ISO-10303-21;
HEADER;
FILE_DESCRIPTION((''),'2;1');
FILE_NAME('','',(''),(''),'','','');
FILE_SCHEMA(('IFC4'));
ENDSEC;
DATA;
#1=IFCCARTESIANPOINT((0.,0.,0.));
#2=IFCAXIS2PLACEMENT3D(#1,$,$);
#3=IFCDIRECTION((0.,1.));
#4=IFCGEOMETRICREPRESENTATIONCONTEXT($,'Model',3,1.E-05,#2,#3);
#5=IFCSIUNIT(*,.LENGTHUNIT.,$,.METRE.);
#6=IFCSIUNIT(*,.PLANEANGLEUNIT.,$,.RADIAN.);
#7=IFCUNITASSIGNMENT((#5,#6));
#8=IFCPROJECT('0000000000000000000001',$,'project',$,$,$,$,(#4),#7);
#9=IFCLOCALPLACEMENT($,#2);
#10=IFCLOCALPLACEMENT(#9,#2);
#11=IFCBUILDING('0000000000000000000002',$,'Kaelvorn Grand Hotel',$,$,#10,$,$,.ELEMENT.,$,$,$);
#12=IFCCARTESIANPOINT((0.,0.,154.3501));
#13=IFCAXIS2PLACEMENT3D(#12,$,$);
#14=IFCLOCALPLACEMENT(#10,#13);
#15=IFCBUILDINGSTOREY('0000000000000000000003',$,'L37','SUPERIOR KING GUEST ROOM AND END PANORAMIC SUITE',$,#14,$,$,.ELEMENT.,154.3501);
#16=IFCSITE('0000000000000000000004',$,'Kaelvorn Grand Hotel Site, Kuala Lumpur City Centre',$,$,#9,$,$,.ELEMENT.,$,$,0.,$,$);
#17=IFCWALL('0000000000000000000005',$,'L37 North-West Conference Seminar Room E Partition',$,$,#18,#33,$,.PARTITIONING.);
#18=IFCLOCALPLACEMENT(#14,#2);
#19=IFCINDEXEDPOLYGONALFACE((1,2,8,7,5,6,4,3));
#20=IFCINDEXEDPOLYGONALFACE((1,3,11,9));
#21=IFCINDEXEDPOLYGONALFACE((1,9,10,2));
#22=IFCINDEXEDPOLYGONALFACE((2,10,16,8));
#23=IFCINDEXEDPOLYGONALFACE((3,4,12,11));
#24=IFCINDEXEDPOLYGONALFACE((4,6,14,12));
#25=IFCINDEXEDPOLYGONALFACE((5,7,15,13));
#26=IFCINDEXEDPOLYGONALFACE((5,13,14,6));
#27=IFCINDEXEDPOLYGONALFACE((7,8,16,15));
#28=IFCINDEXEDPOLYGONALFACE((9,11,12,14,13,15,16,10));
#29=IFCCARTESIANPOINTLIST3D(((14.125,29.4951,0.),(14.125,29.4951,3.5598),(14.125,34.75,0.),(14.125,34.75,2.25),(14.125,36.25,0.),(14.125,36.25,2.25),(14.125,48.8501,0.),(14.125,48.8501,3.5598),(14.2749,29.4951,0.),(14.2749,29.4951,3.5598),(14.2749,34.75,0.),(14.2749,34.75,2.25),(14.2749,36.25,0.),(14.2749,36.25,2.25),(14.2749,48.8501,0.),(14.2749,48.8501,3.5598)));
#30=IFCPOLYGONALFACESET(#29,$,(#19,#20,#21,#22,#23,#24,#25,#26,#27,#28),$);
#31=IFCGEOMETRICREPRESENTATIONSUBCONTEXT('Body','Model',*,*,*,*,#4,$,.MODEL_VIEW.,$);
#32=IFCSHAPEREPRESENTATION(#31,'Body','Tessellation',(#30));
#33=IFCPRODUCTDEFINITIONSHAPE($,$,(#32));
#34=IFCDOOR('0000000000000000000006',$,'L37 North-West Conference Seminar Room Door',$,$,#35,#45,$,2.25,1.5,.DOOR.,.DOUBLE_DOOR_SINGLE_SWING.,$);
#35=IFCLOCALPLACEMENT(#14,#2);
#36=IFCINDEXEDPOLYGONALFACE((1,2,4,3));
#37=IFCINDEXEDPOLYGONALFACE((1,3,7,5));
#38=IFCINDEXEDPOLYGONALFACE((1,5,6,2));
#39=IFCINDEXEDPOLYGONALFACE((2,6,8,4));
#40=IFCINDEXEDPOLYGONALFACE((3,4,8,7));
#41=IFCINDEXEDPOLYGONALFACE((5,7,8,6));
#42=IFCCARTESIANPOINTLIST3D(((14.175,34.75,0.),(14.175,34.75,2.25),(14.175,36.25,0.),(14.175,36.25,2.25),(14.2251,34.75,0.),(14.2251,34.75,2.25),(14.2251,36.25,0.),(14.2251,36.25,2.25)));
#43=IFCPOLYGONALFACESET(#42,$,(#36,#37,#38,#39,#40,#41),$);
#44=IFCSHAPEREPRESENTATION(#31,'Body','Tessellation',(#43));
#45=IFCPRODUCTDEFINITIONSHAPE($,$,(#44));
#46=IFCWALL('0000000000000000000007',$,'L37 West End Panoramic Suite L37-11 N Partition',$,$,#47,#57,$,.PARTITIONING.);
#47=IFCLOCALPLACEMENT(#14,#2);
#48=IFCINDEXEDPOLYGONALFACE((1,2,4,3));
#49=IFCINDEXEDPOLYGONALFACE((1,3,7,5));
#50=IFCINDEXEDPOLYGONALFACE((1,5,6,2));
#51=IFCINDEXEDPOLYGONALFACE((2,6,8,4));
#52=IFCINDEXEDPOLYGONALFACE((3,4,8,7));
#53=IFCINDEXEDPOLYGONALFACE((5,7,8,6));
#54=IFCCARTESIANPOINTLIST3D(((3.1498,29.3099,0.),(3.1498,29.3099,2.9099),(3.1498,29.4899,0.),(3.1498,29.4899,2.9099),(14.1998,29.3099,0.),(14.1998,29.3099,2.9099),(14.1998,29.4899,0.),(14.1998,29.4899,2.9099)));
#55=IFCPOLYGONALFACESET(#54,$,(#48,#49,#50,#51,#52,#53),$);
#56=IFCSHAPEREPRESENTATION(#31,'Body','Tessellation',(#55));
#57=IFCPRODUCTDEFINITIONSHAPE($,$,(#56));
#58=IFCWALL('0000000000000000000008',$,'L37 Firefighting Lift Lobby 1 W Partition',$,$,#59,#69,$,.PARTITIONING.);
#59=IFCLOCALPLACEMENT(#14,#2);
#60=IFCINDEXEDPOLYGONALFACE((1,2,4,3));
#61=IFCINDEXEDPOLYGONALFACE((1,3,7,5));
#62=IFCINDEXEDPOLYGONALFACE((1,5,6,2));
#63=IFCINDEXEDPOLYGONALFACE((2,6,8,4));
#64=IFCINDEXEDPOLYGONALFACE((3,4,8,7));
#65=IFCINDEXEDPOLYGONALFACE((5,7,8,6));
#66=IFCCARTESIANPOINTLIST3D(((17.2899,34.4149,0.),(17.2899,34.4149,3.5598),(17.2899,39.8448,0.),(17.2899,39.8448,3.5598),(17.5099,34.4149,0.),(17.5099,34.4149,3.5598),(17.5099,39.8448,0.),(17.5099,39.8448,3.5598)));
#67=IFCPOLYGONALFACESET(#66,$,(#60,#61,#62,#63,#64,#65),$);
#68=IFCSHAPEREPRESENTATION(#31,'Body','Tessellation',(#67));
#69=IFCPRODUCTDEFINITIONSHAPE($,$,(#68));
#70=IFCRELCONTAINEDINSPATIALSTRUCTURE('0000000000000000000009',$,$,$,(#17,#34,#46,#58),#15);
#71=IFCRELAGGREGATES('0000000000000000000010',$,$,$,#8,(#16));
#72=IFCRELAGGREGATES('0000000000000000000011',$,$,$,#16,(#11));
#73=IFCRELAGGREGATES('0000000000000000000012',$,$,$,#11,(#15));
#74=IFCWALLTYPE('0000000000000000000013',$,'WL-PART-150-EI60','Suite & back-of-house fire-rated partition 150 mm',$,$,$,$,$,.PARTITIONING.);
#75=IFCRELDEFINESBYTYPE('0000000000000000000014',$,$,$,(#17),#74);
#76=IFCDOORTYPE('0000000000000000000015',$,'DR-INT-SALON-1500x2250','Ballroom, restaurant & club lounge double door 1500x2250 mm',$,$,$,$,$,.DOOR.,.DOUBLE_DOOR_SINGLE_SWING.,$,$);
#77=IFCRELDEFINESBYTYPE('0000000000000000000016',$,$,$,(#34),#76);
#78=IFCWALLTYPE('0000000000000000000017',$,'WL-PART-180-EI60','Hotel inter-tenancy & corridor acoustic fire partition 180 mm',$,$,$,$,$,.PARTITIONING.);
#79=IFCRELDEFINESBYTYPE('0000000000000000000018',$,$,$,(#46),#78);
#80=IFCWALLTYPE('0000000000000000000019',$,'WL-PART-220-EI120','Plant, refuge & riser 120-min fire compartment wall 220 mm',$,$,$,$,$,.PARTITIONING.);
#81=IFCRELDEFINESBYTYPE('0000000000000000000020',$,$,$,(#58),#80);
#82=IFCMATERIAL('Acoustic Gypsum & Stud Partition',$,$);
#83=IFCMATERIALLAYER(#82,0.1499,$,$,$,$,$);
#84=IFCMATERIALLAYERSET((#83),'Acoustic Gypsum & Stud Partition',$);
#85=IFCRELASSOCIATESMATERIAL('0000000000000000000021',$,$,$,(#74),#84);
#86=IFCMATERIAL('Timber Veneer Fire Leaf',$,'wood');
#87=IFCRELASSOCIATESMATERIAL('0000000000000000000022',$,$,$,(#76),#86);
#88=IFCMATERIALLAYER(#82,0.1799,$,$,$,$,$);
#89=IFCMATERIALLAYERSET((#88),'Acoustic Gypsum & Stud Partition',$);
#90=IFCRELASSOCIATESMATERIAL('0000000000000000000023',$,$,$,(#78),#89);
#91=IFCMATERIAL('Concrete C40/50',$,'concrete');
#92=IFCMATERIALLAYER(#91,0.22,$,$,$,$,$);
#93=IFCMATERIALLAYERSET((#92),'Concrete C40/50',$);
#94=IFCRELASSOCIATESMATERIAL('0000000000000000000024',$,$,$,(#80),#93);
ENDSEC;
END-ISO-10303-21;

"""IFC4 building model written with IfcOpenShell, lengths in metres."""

from ifc_helpers import new_model, si_unit, direction, frame, frame_2d, origin, place, context, subcontext, project, spatial, rectangle, extrude, material, layer, layer_set, type_object, element, fill, save


model = new_model("IFC4")

# Units and contexts
model_context = context("Model", 3, precision=1e-05, world=origin(), true_north=direction((0.0, 1.0)))
body_context = subcontext(model_context, "Body", "Model", "MODEL_VIEW")
ifc_project = project(units=[si_unit("LENGTHUNIT", "METRE"), si_unit("PLANEANGLEUNIT", "RADIAN")], contexts=[model_context])

# Site, building, storey
site_placement = place(None, origin())
site = spatial("IfcSite", under=ifc_project, at=site_placement, Name="Kaelvorn Grand Hotel Site, Kuala Lumpur City Centre", CompositionType="ELEMENT", RefElevation=0.0)
building_placement = place(site_placement, origin())
building = spatial("IfcBuilding", under=site, at=building_placement, Name="Kaelvorn Grand Hotel", CompositionType="ELEMENT")
storey_placement = place(building_placement, frame((0.0, 0.0, 154.3501)))
storey = spatial("IfcBuildingStorey", under=building, at=storey_placement, Name="L37", Description="SUPERIOR KING GUEST ROOM AND END PANORAMIC SUITE", CompositionType="ELEMENT", Elevation=154.3501)

# Wall, opening, door
ifc_material_1 = material(Name="Acoustic Gypsum & Stud Partition")
ifc_layer_1 = layer(ifc_material_1, 0.1499)
ifc_layer_set_1 = layer_set([ifc_layer_1], Name="Acoustic Gypsum & Stud Partition")
wall_type_1 = type_object("IfcWallType", Name="WL-PART-150-EI60", Description="Suite & back-of-house fire-rated partition 150 mm", PredefinedType="PARTITIONING", material=ifc_layer_set_1)
ifc_material_2 = material(Name="Timber Veneer Fire Leaf", Category="wood")
wall_1_placement = place(storey_placement, frame((14.2, 29.4951, 0.0), z_axis=(0.0, 0.0, 1.0), x_axis=(0.0, 1.0, 0.0)))
wall_1 = element("IfcWall", 1, at=wall_1_placement, inside=storey, type_object=wall_type_1, Name="L37 North-West Conference Seminar Room E Partition", PredefinedType="PARTITIONING", context=body_context, shape_type="SweptSolid", body=[
    extrude(rectangle(XDim=19.355, YDim=0.1499, at=frame_2d((9.6775, 0.0))), origin(), (0.0, 0.0, 1.0), 3.5598),
])
opening_1_placement = place(wall_1_placement, frame((5.2549, 0.0, 0.0)))
opening_1 = element("IfcOpeningElement", 2, at=opening_1_placement, cuts=wall_1, PredefinedType="OPENING", context=body_context, shape_type="SweptSolid", body=[
    extrude(rectangle(XDim=1.5, YDim=2.25, at=frame_2d((0.75, 1.125))), frame((0.0, 0.085, 0.0), z_axis=(0.0, -1.0, 0.0), x_axis=(1.0, 0.0, 0.0)), (0.0, 0.0, 1.0), 0.1699),
])
door_type_1 = type_object("IfcDoorType", Name="DR-INT-SALON-1500x2250", Description="Ballroom, restaurant & club lounge double door 1500x2250 mm", OperationType="DOUBLE_DOOR_SINGLE_SWING", PredefinedType="DOOR", material=ifc_material_2)
door_1_placement = place(opening_1_placement, origin())
door_1 = element("IfcDoor", 3, at=door_1_placement, inside=storey, type_object=door_type_1, Name="L37 North-West Conference Seminar Room Door", OperationType="DOUBLE_DOOR_SINGLE_SWING", OverallHeight=2.25, OverallWidth=1.5, PredefinedType="DOOR", context=body_context, shape_type="SweptSolid", body=[
    extrude(rectangle(XDim=1.5, YDim=2.25, at=frame_2d((0.75, 1.125))), frame((0.0, 0.0249, 0.0), z_axis=(0.0, -1.0, 0.0), x_axis=(1.0, 0.0, 0.0)), (0.0, 0.0, 1.0), 0.05),
])
fill(opening_1, door_1)

# Wall
ifc_layer_2 = layer(ifc_material_1, 0.1799)
ifc_layer_set_2 = layer_set([ifc_layer_2], Name="Acoustic Gypsum & Stud Partition")
wall_type_2 = type_object("IfcWallType", Name="WL-PART-180-EI60", Description="Hotel inter-tenancy & corridor acoustic fire partition 180 mm", PredefinedType="PARTITIONING", material=ifc_layer_set_2)
wall_2_placement = place(storey_placement, frame((3.1499, 29.3999, 0.0), z_axis=(0.0, 0.0, 1.0), x_axis=(1.0, 0.0, 0.0)))
element("IfcWall", 4, at=wall_2_placement, inside=storey, type_object=wall_type_2, Name="L37 West End Panoramic Suite L37-11 N Partition", PredefinedType="PARTITIONING", context=body_context, shape_type="SweptSolid", body=[
    extrude(rectangle(XDim=11.05, YDim=0.1799, at=frame_2d((5.5249, 0.0))), origin(), (0.0, 0.0, 1.0), 2.9099),
])

# Shared definitions
ifc_material_3 = material(Name="Concrete C40/50", Category="concrete")
ifc_layer_3 = layer(ifc_material_3, 0.22)
ifc_layer_set_3 = layer_set([ifc_layer_3], Name="Concrete C40/50")
wall_type_3 = type_object("IfcWallType", Name="WL-PART-220-EI120", Description="Plant, refuge & riser 120-min fire compartment wall 220 mm", PredefinedType="PARTITIONING", material=ifc_layer_set_3)

# Wall
wall_3_placement = place(storey_placement, frame((17.3999, 34.415, 0.0), z_axis=(0.0, 0.0, 1.0), x_axis=(0.0, 1.0, 0.0)))
element("IfcWall", 5, at=wall_3_placement, inside=storey, type_object=wall_type_3, Name="L37 Firefighting Lift Lobby 1 W Partition", PredefinedType="PARTITIONING", context=body_context, shape_type="SweptSolid", body=[
    extrude(rectangle(XDim=5.4299, YDim=0.22, at=frame_2d((2.7148, 0.0))), origin(), (0.0, 0.0, 1.0), 3.5598),
])

save(model, "model.ifc")
